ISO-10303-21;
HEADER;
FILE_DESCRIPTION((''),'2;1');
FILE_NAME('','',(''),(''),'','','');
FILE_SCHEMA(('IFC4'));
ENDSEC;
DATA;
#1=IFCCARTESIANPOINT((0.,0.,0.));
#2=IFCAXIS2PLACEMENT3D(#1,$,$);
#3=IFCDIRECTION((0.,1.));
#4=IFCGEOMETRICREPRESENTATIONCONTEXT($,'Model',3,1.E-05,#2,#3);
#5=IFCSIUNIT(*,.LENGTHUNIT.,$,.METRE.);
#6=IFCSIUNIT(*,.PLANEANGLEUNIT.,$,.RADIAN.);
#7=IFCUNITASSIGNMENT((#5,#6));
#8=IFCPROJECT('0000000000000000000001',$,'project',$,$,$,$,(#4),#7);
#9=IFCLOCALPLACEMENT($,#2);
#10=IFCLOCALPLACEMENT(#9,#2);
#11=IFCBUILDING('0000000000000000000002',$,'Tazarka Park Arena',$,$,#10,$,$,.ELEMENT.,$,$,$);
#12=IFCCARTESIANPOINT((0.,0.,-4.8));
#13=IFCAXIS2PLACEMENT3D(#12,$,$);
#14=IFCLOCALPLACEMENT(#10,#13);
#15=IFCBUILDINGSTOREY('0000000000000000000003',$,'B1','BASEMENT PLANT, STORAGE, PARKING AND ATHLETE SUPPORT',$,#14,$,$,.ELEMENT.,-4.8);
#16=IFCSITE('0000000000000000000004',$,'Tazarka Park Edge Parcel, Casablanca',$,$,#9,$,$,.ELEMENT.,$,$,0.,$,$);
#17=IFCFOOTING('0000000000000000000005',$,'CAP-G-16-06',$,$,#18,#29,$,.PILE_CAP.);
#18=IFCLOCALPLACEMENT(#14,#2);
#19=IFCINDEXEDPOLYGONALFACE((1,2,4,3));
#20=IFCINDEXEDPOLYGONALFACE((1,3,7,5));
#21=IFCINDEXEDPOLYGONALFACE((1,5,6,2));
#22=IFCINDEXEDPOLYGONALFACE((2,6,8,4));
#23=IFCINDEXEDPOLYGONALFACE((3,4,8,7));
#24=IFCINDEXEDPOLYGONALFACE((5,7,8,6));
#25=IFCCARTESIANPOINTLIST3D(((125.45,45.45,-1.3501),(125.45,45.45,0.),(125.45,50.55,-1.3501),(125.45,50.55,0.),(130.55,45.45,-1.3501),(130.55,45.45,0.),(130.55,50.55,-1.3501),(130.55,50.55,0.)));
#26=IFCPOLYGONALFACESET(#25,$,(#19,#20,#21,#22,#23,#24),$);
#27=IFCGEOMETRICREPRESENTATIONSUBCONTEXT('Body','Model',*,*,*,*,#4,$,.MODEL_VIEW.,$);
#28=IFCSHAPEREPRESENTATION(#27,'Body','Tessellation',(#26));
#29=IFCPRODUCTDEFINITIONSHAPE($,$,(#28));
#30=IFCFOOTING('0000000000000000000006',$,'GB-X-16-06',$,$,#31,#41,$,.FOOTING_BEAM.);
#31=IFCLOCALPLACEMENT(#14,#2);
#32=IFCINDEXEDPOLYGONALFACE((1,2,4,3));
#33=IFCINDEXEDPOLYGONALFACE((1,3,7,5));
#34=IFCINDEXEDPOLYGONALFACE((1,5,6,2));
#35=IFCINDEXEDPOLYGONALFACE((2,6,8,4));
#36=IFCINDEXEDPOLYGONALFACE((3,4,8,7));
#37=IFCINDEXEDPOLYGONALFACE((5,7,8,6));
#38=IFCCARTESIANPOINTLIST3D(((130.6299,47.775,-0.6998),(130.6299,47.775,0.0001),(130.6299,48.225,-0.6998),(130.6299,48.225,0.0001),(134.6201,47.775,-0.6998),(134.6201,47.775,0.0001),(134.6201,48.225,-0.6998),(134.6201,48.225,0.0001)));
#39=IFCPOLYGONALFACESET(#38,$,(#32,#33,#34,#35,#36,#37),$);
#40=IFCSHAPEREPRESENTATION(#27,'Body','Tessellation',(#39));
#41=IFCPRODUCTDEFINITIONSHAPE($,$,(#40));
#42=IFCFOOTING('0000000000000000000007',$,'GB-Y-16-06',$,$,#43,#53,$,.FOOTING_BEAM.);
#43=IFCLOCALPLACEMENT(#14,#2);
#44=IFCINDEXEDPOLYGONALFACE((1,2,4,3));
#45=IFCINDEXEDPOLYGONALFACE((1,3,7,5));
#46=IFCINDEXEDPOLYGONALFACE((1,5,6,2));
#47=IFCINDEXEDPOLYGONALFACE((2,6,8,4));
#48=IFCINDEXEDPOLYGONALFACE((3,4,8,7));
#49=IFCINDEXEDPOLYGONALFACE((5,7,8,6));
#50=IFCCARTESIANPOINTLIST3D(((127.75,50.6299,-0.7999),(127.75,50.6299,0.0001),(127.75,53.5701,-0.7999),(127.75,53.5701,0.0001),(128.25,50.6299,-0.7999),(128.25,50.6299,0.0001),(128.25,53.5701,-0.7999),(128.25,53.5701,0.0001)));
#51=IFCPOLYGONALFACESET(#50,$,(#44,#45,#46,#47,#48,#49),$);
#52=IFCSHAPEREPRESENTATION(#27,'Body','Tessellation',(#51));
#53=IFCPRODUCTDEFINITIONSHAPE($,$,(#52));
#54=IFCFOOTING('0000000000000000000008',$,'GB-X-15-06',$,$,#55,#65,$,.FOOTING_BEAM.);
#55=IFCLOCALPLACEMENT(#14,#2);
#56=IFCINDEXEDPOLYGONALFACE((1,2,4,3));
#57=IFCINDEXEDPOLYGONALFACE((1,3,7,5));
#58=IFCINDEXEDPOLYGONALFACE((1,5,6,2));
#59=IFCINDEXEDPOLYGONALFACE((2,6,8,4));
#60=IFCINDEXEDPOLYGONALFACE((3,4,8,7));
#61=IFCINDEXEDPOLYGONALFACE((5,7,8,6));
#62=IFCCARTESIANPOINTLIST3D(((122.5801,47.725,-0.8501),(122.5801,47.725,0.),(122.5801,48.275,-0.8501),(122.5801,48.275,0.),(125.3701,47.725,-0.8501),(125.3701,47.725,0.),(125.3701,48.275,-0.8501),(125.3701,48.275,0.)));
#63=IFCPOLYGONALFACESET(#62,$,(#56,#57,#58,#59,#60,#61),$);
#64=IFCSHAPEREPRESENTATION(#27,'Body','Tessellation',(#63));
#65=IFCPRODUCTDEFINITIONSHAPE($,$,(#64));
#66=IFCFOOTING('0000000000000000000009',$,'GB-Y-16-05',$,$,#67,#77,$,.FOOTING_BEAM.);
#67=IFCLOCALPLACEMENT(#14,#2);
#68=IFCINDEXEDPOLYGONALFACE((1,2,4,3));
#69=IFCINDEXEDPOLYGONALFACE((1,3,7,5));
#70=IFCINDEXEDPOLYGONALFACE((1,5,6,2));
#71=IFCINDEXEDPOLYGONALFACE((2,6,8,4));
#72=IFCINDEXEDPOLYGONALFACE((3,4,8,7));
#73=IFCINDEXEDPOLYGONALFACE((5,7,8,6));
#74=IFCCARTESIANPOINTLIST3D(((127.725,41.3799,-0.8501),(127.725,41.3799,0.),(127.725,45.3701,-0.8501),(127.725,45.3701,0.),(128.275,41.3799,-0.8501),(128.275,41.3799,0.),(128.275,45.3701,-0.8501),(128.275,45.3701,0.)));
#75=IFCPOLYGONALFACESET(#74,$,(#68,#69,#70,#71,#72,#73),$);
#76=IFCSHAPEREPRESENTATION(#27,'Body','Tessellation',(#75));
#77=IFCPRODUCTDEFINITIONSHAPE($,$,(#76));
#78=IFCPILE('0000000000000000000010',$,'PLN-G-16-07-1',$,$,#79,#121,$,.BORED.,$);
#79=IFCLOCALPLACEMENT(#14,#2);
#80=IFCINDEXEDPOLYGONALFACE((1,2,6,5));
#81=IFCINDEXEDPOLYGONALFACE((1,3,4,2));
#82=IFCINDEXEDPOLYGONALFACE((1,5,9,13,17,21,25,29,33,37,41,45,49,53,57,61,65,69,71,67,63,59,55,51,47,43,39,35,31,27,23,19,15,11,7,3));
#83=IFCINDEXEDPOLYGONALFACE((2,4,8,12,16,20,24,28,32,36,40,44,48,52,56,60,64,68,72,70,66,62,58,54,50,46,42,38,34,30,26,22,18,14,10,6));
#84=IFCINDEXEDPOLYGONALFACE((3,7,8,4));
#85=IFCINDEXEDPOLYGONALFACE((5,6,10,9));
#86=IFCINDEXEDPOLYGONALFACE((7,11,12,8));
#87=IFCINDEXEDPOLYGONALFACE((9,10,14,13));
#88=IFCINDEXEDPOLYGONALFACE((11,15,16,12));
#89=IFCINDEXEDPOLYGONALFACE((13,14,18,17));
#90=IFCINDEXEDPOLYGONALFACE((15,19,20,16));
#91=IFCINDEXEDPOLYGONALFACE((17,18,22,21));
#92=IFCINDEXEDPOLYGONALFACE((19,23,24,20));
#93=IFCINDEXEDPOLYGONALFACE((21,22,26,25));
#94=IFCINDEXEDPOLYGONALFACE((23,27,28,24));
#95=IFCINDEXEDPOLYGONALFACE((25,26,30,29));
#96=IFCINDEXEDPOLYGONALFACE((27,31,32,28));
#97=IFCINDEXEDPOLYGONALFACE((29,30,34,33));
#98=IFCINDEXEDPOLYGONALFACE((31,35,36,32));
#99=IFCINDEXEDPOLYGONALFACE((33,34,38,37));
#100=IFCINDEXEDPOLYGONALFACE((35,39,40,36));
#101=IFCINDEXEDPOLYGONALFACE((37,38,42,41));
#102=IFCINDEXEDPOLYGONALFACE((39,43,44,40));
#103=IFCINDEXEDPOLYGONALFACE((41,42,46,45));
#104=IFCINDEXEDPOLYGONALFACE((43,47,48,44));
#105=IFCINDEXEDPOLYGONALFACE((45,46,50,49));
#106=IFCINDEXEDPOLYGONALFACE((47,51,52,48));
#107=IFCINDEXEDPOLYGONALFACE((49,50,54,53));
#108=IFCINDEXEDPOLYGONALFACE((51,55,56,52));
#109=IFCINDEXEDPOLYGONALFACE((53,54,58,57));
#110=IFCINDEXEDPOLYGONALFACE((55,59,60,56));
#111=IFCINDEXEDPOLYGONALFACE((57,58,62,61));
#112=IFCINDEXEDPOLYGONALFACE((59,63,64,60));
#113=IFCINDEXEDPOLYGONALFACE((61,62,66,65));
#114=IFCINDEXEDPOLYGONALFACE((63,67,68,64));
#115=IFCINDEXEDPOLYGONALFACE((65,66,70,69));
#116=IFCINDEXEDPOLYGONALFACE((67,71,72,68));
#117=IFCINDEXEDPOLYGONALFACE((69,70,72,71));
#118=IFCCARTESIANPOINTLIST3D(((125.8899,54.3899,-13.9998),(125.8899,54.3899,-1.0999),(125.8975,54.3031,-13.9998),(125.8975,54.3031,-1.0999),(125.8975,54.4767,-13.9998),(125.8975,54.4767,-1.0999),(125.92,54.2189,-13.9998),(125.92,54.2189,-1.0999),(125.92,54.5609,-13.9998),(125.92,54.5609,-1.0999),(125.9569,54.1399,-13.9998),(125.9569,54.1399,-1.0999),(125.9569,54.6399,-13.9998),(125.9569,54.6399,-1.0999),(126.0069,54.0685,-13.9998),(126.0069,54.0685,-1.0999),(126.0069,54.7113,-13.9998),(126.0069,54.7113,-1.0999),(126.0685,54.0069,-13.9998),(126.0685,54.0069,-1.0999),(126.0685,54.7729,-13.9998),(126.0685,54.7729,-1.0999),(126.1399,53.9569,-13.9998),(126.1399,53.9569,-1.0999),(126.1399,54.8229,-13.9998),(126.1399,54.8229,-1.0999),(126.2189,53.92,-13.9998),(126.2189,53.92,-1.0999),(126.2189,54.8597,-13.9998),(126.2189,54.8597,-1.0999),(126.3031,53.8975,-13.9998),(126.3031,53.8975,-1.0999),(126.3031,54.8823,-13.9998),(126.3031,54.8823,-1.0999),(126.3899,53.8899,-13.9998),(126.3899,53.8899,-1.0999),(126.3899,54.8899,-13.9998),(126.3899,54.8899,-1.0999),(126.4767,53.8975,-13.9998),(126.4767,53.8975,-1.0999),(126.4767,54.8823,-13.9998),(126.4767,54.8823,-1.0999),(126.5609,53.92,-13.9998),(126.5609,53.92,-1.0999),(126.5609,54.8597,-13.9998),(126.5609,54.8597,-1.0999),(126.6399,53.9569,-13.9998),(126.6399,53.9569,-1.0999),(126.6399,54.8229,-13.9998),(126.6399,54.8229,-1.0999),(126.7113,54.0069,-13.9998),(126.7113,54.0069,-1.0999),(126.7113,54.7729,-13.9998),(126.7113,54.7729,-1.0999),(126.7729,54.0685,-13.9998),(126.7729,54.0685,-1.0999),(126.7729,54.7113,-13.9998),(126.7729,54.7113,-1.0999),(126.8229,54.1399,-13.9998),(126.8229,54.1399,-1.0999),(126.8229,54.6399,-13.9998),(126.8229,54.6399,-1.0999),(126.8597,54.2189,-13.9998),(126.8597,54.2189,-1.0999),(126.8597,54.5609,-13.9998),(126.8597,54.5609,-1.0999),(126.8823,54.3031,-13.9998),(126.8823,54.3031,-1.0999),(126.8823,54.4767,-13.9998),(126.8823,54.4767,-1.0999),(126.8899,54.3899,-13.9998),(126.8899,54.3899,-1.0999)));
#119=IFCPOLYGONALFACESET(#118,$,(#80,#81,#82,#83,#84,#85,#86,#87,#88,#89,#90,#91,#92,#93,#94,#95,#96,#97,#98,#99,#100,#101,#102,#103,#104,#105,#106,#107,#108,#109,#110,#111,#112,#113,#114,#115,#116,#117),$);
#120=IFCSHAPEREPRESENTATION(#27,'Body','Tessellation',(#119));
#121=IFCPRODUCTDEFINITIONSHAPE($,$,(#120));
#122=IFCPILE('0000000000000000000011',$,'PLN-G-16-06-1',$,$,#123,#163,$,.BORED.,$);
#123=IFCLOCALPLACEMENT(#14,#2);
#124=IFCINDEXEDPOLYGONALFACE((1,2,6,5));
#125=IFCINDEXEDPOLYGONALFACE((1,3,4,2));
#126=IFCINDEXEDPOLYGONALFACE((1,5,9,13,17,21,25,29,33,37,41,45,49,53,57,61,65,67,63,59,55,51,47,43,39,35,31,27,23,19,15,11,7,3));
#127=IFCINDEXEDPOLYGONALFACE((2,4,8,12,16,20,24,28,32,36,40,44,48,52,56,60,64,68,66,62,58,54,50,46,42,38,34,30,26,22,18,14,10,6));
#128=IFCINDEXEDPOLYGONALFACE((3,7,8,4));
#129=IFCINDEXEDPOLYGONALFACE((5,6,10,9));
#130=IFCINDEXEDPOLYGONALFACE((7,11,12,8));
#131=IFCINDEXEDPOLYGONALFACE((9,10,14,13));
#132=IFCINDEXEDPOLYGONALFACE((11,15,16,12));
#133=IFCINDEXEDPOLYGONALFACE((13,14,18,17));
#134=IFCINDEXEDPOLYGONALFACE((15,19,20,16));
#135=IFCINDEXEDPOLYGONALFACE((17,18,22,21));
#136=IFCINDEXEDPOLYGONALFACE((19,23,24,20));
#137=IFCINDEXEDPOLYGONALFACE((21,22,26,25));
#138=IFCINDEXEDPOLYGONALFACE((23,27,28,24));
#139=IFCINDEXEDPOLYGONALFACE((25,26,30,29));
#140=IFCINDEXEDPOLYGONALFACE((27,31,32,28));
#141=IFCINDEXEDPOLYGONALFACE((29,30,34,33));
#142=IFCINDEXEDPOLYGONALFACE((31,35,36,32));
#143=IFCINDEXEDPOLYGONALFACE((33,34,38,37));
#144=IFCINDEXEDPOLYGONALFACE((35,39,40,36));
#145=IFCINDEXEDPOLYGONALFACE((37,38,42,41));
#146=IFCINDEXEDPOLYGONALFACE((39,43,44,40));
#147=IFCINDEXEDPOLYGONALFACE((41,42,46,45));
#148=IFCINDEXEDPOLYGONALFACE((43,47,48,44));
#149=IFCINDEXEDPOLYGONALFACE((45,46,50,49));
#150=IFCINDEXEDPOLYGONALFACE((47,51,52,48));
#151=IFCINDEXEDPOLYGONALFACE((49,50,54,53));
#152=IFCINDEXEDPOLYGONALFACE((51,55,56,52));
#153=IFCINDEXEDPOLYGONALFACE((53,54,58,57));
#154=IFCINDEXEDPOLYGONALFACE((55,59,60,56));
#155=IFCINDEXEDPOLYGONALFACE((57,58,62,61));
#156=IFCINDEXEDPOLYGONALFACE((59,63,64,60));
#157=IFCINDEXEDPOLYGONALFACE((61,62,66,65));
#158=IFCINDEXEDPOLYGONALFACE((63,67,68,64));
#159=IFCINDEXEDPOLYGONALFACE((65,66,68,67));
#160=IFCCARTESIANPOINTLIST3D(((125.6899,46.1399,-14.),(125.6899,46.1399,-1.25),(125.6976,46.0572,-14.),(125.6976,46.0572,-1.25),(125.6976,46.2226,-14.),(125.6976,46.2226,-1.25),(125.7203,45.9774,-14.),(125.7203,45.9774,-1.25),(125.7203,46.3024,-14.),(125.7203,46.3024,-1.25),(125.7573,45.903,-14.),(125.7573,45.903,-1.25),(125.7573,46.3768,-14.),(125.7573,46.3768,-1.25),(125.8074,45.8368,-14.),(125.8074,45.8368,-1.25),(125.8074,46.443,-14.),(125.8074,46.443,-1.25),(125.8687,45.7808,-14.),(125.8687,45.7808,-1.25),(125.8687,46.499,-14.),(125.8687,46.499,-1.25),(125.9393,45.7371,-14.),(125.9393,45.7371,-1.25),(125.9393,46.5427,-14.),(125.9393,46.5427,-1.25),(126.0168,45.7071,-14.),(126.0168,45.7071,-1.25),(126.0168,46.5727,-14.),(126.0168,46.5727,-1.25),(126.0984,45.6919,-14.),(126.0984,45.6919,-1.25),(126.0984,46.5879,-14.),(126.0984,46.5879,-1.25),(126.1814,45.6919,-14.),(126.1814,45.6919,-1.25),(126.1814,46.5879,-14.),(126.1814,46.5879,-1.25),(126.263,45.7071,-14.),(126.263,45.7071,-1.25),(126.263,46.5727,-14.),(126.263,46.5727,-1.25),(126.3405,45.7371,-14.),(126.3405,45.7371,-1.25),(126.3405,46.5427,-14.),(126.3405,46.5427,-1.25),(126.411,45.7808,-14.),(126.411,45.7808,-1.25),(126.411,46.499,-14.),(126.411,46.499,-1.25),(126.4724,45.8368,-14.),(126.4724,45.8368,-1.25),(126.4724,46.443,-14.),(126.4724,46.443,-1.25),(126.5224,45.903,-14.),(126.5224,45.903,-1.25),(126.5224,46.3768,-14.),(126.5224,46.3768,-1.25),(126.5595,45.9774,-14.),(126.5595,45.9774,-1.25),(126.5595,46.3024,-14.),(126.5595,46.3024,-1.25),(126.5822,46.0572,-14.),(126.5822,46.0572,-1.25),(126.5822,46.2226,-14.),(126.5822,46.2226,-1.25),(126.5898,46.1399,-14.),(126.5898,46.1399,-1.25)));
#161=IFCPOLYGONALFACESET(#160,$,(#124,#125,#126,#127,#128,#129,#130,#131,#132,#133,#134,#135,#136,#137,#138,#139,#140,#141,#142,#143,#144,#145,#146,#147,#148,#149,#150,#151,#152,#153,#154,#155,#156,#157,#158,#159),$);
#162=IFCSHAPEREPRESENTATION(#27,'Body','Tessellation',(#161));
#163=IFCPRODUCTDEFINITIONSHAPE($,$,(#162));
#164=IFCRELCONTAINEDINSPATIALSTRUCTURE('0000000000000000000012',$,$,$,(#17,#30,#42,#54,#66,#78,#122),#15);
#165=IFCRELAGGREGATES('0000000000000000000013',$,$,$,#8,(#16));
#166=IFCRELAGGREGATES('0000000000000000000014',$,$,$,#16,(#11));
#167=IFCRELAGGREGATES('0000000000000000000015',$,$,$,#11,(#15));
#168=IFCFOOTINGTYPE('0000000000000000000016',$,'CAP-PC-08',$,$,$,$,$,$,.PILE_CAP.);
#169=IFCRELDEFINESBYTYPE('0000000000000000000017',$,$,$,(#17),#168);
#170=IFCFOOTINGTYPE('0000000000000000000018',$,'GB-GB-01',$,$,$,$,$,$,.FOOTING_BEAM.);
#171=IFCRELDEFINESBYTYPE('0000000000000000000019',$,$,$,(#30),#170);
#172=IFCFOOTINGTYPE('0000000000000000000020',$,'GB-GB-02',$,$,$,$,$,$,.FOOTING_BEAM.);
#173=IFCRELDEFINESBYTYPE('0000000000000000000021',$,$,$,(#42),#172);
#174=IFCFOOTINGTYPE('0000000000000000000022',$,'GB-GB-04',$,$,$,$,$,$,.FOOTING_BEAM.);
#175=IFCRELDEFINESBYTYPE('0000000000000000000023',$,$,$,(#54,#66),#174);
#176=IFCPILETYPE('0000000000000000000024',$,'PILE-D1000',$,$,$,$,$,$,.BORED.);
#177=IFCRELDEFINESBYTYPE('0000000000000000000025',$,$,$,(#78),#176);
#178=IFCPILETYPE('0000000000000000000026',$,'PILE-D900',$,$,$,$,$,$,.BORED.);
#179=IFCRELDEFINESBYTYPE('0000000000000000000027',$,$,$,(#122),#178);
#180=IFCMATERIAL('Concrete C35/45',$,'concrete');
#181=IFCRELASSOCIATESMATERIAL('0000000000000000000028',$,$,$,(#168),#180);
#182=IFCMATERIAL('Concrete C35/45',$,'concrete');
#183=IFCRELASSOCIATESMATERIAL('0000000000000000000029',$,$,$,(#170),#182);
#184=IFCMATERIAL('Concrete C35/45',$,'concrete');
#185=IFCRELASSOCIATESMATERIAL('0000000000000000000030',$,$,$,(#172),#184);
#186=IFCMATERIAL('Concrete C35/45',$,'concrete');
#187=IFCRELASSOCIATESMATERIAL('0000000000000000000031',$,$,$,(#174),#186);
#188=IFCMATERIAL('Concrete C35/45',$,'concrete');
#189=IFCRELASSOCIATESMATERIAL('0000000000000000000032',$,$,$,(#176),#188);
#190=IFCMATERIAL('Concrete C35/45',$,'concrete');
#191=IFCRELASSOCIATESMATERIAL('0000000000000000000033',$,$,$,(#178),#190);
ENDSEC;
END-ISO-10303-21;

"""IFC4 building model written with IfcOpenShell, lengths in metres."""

from ifc_helpers import new_model, si_unit, direction, frame, origin, origin_2d, place, context, subcontext, project, spatial, rectangle, circle, extrude, material, material_profile, profile_set, type_object, element, save


model = new_model("IFC4")

# Units and contexts
model_context = context("Model", 3, precision=1e-05, world=origin(), true_north=direction((0.0, 1.0)))
body_context = subcontext(model_context, "Body", "Model", "MODEL_VIEW")
ifc_project = project(units=[si_unit("LENGTHUNIT", "METRE"), si_unit("PLANEANGLEUNIT", "RADIAN")], contexts=[model_context])

# Site, building, storey
site_placement = place(None, origin())
site = spatial("IfcSite", under=ifc_project, at=site_placement, Name="Tazarka Park Edge Parcel, Casablanca", CompositionType="ELEMENT", RefElevation=0.0)
building_placement = place(site_placement, origin())
building = spatial("IfcBuilding", under=site, at=building_placement, Name="Tazarka Park Arena", CompositionType="ELEMENT")
storey_placement = place(building_placement, frame((0.0, 0.0, -4.8)))
storey = spatial("IfcBuildingStorey", under=building, at=storey_placement, Name="B1", Description="BASEMENT PLANT, STORAGE, PARKING AND ATHLETE SUPPORT", CompositionType="ELEMENT", Elevation=-4.8)

# Footings
ifc_material_1 = material(Name="Concrete C35/45", Category="concrete")
footing_type_1 = type_object("IfcFootingType", Name="CAP-PC-08", PredefinedType="PILE_CAP", material=ifc_material_1)
footing_1_placement = place(storey_placement, frame((128.0, 48.0, -1.3501), z_axis=(0.0, 0.0, 1.0), x_axis=(1.0, 0.0, 0.0)))
element("IfcFooting", 1, at=footing_1_placement, inside=storey, type_object=footing_type_1, Name="CAP-G-16-06", PredefinedType="PILE_CAP", context=body_context, shape_type="SweptSolid", body=[
    extrude(rectangle(XDim=5.1001, YDim=5.1001, at=origin_2d()), origin(), (0.0, 0.0, 1.0), 1.3501),
])
ifc_material_2 = material(Name="Concrete C35/45", Category="concrete")
ifc_material_profile_1 = material_profile(ifc_material_2, rectangle(XDim=0.45, YDim=0.7, at=origin_2d()), Name="Concrete C35/45")
ifc_profile_set_1 = profile_set([ifc_material_profile_1], Name="Concrete C35/45")
footing_type_2 = type_object("IfcFootingType", Name="GB-GB-01", PredefinedType="FOOTING_BEAM", material=ifc_profile_set_1)
footing_2_placement = place(storey_placement, frame((130.6299, 48.0, -0.3499), z_axis=(1.0, 0.0, 0.0), x_axis=(0.0, 1.0, 0.0)))
element("IfcFooting", 2, at=footing_2_placement, inside=storey, type_object=footing_type_2, Name="GB-X-16-06", PredefinedType="FOOTING_BEAM", context=body_context, shape_type="SweptSolid", body=[
    extrude(rectangle(XDim=0.45, YDim=0.7, at=origin_2d()), origin(), (0.0, 0.0, 1.0), 3.9902),
])
ifc_material_3 = material(Name="Concrete C35/45", Category="concrete")
ifc_material_profile_2 = material_profile(ifc_material_3, rectangle(XDim=0.5, YDim=0.8, at=origin_2d()), Name="Concrete C35/45")
ifc_profile_set_2 = profile_set([ifc_material_profile_2], Name="Concrete C35/45")
footing_type_3 = type_object("IfcFootingType", Name="GB-GB-02", PredefinedType="FOOTING_BEAM", material=ifc_profile_set_2)
footing_3_placement = place(storey_placement, frame((128.0, 50.6299, -0.3999), z_axis=(0.0, 1.0, 0.0), x_axis=(-1.0, 0.0, 0.0)))
element("IfcFooting", 3, at=footing_3_placement, inside=storey, type_object=footing_type_3, Name="GB-Y-16-06", PredefinedType="FOOTING_BEAM", context=body_context, shape_type="SweptSolid", body=[
    extrude(rectangle(XDim=0.5, YDim=0.8, at=origin_2d()), origin(), (0.0, 0.0, 1.0), 2.9402),
])
ifc_material_4 = material(Name="Concrete C35/45", Category="concrete")
ifc_material_profile_3 = material_profile(ifc_material_4, rectangle(XDim=0.55, YDim=0.8501, at=origin_2d()), Name="Concrete C35/45")
ifc_profile_set_3 = profile_set([ifc_material_profile_3], Name="Concrete C35/45")
footing_type_4 = type_object("IfcFootingType", Name="GB-GB-04", PredefinedType="FOOTING_BEAM", material=ifc_profile_set_3)
footing_4_placement = place(storey_placement, frame((122.5801, 48.0, -0.425), z_axis=(1.0, 0.0, 0.0), x_axis=(0.0, 1.0, 0.0)))
element("IfcFooting", 4, at=footing_4_placement, inside=storey, type_object=footing_type_4, Name="GB-X-15-06", PredefinedType="FOOTING_BEAM", context=body_context, shape_type="SweptSolid", body=[
    extrude(rectangle(XDim=0.55, YDim=0.8501, at=origin_2d()), origin(), (0.0, 0.0, 1.0), 2.79),
])
footing_5_placement = place(storey_placement, frame((128.0, 41.3799, -0.425), z_axis=(0.0, 1.0, 0.0), x_axis=(-1.0, 0.0, 0.0)))
element("IfcFooting", 5, at=footing_5_placement, inside=storey, type_object=footing_type_4, Name="GB-Y-16-05", PredefinedType="FOOTING_BEAM", context=body_context, shape_type="SweptSolid", body=[
    extrude(rectangle(XDim=0.55, YDim=0.8501, at=origin_2d()), origin(), (0.0, 0.0, 1.0), 3.9902),
])

# Piles
ifc_material_5 = material(Name="Concrete C35/45", Category="concrete")
ifc_material_profile_4 = material_profile(ifc_material_5, circle(Radius=0.5, at=origin_2d()), Name="Concrete C35/45")
ifc_profile_set_4 = profile_set([ifc_material_profile_4], Name="Concrete C35/45")
pile_type_1 = type_object("IfcPileType", Name="PILE-D1000", PredefinedType="BORED", material=ifc_profile_set_4)
pile_placement = place(storey_placement, frame((126.3899, 54.3899, -1.0999), z_axis=(0.0, 0.0, -1.0), x_axis=(1.0, 0.0, 0.0)))
element("IfcPile", 6, at=pile_placement, inside=storey, type_object=pile_type_1, Name="PLN-G-16-07-1", PredefinedType="BORED", context=body_context, shape_type="SweptSolid", body=[
    extrude(circle(Radius=0.5, at=origin_2d()), origin(), (0.0, 0.0, 1.0), 12.8999),
])
ifc_material_6 = material(Name="Concrete C35/45", Category="concrete")
ifc_material_profile_5 = material_profile(ifc_material_6, circle(Radius=0.45, at=origin_2d()), Name="Concrete C35/45")
ifc_profile_set_5 = profile_set([ifc_material_profile_5], Name="Concrete C35/45")
pile_type_2 = type_object("IfcPileType", Name="PILE-D900", PredefinedType="BORED", material=ifc_profile_set_5)
for number, where, z_axis, x_axis, name in (
    (7, (126.1399, 46.1399, -1.25), (0.0, 0.0, -1.0), (1.0, 0.0, 0.0), "PLN-G-16-06-1"),
):
    element("IfcPile", number, at=place(storey_placement, frame(where, z_axis=z_axis, x_axis=x_axis)), inside=storey, type_object=pile_type_2, Name=name, PredefinedType="BORED", context=body_context, shape_type="SweptSolid", body=[
        extrude(circle(Radius=0.45, at=origin_2d()), origin(), (0.0, 0.0, 1.0), 12.75),
    ])

save(model, "model.ifc")
